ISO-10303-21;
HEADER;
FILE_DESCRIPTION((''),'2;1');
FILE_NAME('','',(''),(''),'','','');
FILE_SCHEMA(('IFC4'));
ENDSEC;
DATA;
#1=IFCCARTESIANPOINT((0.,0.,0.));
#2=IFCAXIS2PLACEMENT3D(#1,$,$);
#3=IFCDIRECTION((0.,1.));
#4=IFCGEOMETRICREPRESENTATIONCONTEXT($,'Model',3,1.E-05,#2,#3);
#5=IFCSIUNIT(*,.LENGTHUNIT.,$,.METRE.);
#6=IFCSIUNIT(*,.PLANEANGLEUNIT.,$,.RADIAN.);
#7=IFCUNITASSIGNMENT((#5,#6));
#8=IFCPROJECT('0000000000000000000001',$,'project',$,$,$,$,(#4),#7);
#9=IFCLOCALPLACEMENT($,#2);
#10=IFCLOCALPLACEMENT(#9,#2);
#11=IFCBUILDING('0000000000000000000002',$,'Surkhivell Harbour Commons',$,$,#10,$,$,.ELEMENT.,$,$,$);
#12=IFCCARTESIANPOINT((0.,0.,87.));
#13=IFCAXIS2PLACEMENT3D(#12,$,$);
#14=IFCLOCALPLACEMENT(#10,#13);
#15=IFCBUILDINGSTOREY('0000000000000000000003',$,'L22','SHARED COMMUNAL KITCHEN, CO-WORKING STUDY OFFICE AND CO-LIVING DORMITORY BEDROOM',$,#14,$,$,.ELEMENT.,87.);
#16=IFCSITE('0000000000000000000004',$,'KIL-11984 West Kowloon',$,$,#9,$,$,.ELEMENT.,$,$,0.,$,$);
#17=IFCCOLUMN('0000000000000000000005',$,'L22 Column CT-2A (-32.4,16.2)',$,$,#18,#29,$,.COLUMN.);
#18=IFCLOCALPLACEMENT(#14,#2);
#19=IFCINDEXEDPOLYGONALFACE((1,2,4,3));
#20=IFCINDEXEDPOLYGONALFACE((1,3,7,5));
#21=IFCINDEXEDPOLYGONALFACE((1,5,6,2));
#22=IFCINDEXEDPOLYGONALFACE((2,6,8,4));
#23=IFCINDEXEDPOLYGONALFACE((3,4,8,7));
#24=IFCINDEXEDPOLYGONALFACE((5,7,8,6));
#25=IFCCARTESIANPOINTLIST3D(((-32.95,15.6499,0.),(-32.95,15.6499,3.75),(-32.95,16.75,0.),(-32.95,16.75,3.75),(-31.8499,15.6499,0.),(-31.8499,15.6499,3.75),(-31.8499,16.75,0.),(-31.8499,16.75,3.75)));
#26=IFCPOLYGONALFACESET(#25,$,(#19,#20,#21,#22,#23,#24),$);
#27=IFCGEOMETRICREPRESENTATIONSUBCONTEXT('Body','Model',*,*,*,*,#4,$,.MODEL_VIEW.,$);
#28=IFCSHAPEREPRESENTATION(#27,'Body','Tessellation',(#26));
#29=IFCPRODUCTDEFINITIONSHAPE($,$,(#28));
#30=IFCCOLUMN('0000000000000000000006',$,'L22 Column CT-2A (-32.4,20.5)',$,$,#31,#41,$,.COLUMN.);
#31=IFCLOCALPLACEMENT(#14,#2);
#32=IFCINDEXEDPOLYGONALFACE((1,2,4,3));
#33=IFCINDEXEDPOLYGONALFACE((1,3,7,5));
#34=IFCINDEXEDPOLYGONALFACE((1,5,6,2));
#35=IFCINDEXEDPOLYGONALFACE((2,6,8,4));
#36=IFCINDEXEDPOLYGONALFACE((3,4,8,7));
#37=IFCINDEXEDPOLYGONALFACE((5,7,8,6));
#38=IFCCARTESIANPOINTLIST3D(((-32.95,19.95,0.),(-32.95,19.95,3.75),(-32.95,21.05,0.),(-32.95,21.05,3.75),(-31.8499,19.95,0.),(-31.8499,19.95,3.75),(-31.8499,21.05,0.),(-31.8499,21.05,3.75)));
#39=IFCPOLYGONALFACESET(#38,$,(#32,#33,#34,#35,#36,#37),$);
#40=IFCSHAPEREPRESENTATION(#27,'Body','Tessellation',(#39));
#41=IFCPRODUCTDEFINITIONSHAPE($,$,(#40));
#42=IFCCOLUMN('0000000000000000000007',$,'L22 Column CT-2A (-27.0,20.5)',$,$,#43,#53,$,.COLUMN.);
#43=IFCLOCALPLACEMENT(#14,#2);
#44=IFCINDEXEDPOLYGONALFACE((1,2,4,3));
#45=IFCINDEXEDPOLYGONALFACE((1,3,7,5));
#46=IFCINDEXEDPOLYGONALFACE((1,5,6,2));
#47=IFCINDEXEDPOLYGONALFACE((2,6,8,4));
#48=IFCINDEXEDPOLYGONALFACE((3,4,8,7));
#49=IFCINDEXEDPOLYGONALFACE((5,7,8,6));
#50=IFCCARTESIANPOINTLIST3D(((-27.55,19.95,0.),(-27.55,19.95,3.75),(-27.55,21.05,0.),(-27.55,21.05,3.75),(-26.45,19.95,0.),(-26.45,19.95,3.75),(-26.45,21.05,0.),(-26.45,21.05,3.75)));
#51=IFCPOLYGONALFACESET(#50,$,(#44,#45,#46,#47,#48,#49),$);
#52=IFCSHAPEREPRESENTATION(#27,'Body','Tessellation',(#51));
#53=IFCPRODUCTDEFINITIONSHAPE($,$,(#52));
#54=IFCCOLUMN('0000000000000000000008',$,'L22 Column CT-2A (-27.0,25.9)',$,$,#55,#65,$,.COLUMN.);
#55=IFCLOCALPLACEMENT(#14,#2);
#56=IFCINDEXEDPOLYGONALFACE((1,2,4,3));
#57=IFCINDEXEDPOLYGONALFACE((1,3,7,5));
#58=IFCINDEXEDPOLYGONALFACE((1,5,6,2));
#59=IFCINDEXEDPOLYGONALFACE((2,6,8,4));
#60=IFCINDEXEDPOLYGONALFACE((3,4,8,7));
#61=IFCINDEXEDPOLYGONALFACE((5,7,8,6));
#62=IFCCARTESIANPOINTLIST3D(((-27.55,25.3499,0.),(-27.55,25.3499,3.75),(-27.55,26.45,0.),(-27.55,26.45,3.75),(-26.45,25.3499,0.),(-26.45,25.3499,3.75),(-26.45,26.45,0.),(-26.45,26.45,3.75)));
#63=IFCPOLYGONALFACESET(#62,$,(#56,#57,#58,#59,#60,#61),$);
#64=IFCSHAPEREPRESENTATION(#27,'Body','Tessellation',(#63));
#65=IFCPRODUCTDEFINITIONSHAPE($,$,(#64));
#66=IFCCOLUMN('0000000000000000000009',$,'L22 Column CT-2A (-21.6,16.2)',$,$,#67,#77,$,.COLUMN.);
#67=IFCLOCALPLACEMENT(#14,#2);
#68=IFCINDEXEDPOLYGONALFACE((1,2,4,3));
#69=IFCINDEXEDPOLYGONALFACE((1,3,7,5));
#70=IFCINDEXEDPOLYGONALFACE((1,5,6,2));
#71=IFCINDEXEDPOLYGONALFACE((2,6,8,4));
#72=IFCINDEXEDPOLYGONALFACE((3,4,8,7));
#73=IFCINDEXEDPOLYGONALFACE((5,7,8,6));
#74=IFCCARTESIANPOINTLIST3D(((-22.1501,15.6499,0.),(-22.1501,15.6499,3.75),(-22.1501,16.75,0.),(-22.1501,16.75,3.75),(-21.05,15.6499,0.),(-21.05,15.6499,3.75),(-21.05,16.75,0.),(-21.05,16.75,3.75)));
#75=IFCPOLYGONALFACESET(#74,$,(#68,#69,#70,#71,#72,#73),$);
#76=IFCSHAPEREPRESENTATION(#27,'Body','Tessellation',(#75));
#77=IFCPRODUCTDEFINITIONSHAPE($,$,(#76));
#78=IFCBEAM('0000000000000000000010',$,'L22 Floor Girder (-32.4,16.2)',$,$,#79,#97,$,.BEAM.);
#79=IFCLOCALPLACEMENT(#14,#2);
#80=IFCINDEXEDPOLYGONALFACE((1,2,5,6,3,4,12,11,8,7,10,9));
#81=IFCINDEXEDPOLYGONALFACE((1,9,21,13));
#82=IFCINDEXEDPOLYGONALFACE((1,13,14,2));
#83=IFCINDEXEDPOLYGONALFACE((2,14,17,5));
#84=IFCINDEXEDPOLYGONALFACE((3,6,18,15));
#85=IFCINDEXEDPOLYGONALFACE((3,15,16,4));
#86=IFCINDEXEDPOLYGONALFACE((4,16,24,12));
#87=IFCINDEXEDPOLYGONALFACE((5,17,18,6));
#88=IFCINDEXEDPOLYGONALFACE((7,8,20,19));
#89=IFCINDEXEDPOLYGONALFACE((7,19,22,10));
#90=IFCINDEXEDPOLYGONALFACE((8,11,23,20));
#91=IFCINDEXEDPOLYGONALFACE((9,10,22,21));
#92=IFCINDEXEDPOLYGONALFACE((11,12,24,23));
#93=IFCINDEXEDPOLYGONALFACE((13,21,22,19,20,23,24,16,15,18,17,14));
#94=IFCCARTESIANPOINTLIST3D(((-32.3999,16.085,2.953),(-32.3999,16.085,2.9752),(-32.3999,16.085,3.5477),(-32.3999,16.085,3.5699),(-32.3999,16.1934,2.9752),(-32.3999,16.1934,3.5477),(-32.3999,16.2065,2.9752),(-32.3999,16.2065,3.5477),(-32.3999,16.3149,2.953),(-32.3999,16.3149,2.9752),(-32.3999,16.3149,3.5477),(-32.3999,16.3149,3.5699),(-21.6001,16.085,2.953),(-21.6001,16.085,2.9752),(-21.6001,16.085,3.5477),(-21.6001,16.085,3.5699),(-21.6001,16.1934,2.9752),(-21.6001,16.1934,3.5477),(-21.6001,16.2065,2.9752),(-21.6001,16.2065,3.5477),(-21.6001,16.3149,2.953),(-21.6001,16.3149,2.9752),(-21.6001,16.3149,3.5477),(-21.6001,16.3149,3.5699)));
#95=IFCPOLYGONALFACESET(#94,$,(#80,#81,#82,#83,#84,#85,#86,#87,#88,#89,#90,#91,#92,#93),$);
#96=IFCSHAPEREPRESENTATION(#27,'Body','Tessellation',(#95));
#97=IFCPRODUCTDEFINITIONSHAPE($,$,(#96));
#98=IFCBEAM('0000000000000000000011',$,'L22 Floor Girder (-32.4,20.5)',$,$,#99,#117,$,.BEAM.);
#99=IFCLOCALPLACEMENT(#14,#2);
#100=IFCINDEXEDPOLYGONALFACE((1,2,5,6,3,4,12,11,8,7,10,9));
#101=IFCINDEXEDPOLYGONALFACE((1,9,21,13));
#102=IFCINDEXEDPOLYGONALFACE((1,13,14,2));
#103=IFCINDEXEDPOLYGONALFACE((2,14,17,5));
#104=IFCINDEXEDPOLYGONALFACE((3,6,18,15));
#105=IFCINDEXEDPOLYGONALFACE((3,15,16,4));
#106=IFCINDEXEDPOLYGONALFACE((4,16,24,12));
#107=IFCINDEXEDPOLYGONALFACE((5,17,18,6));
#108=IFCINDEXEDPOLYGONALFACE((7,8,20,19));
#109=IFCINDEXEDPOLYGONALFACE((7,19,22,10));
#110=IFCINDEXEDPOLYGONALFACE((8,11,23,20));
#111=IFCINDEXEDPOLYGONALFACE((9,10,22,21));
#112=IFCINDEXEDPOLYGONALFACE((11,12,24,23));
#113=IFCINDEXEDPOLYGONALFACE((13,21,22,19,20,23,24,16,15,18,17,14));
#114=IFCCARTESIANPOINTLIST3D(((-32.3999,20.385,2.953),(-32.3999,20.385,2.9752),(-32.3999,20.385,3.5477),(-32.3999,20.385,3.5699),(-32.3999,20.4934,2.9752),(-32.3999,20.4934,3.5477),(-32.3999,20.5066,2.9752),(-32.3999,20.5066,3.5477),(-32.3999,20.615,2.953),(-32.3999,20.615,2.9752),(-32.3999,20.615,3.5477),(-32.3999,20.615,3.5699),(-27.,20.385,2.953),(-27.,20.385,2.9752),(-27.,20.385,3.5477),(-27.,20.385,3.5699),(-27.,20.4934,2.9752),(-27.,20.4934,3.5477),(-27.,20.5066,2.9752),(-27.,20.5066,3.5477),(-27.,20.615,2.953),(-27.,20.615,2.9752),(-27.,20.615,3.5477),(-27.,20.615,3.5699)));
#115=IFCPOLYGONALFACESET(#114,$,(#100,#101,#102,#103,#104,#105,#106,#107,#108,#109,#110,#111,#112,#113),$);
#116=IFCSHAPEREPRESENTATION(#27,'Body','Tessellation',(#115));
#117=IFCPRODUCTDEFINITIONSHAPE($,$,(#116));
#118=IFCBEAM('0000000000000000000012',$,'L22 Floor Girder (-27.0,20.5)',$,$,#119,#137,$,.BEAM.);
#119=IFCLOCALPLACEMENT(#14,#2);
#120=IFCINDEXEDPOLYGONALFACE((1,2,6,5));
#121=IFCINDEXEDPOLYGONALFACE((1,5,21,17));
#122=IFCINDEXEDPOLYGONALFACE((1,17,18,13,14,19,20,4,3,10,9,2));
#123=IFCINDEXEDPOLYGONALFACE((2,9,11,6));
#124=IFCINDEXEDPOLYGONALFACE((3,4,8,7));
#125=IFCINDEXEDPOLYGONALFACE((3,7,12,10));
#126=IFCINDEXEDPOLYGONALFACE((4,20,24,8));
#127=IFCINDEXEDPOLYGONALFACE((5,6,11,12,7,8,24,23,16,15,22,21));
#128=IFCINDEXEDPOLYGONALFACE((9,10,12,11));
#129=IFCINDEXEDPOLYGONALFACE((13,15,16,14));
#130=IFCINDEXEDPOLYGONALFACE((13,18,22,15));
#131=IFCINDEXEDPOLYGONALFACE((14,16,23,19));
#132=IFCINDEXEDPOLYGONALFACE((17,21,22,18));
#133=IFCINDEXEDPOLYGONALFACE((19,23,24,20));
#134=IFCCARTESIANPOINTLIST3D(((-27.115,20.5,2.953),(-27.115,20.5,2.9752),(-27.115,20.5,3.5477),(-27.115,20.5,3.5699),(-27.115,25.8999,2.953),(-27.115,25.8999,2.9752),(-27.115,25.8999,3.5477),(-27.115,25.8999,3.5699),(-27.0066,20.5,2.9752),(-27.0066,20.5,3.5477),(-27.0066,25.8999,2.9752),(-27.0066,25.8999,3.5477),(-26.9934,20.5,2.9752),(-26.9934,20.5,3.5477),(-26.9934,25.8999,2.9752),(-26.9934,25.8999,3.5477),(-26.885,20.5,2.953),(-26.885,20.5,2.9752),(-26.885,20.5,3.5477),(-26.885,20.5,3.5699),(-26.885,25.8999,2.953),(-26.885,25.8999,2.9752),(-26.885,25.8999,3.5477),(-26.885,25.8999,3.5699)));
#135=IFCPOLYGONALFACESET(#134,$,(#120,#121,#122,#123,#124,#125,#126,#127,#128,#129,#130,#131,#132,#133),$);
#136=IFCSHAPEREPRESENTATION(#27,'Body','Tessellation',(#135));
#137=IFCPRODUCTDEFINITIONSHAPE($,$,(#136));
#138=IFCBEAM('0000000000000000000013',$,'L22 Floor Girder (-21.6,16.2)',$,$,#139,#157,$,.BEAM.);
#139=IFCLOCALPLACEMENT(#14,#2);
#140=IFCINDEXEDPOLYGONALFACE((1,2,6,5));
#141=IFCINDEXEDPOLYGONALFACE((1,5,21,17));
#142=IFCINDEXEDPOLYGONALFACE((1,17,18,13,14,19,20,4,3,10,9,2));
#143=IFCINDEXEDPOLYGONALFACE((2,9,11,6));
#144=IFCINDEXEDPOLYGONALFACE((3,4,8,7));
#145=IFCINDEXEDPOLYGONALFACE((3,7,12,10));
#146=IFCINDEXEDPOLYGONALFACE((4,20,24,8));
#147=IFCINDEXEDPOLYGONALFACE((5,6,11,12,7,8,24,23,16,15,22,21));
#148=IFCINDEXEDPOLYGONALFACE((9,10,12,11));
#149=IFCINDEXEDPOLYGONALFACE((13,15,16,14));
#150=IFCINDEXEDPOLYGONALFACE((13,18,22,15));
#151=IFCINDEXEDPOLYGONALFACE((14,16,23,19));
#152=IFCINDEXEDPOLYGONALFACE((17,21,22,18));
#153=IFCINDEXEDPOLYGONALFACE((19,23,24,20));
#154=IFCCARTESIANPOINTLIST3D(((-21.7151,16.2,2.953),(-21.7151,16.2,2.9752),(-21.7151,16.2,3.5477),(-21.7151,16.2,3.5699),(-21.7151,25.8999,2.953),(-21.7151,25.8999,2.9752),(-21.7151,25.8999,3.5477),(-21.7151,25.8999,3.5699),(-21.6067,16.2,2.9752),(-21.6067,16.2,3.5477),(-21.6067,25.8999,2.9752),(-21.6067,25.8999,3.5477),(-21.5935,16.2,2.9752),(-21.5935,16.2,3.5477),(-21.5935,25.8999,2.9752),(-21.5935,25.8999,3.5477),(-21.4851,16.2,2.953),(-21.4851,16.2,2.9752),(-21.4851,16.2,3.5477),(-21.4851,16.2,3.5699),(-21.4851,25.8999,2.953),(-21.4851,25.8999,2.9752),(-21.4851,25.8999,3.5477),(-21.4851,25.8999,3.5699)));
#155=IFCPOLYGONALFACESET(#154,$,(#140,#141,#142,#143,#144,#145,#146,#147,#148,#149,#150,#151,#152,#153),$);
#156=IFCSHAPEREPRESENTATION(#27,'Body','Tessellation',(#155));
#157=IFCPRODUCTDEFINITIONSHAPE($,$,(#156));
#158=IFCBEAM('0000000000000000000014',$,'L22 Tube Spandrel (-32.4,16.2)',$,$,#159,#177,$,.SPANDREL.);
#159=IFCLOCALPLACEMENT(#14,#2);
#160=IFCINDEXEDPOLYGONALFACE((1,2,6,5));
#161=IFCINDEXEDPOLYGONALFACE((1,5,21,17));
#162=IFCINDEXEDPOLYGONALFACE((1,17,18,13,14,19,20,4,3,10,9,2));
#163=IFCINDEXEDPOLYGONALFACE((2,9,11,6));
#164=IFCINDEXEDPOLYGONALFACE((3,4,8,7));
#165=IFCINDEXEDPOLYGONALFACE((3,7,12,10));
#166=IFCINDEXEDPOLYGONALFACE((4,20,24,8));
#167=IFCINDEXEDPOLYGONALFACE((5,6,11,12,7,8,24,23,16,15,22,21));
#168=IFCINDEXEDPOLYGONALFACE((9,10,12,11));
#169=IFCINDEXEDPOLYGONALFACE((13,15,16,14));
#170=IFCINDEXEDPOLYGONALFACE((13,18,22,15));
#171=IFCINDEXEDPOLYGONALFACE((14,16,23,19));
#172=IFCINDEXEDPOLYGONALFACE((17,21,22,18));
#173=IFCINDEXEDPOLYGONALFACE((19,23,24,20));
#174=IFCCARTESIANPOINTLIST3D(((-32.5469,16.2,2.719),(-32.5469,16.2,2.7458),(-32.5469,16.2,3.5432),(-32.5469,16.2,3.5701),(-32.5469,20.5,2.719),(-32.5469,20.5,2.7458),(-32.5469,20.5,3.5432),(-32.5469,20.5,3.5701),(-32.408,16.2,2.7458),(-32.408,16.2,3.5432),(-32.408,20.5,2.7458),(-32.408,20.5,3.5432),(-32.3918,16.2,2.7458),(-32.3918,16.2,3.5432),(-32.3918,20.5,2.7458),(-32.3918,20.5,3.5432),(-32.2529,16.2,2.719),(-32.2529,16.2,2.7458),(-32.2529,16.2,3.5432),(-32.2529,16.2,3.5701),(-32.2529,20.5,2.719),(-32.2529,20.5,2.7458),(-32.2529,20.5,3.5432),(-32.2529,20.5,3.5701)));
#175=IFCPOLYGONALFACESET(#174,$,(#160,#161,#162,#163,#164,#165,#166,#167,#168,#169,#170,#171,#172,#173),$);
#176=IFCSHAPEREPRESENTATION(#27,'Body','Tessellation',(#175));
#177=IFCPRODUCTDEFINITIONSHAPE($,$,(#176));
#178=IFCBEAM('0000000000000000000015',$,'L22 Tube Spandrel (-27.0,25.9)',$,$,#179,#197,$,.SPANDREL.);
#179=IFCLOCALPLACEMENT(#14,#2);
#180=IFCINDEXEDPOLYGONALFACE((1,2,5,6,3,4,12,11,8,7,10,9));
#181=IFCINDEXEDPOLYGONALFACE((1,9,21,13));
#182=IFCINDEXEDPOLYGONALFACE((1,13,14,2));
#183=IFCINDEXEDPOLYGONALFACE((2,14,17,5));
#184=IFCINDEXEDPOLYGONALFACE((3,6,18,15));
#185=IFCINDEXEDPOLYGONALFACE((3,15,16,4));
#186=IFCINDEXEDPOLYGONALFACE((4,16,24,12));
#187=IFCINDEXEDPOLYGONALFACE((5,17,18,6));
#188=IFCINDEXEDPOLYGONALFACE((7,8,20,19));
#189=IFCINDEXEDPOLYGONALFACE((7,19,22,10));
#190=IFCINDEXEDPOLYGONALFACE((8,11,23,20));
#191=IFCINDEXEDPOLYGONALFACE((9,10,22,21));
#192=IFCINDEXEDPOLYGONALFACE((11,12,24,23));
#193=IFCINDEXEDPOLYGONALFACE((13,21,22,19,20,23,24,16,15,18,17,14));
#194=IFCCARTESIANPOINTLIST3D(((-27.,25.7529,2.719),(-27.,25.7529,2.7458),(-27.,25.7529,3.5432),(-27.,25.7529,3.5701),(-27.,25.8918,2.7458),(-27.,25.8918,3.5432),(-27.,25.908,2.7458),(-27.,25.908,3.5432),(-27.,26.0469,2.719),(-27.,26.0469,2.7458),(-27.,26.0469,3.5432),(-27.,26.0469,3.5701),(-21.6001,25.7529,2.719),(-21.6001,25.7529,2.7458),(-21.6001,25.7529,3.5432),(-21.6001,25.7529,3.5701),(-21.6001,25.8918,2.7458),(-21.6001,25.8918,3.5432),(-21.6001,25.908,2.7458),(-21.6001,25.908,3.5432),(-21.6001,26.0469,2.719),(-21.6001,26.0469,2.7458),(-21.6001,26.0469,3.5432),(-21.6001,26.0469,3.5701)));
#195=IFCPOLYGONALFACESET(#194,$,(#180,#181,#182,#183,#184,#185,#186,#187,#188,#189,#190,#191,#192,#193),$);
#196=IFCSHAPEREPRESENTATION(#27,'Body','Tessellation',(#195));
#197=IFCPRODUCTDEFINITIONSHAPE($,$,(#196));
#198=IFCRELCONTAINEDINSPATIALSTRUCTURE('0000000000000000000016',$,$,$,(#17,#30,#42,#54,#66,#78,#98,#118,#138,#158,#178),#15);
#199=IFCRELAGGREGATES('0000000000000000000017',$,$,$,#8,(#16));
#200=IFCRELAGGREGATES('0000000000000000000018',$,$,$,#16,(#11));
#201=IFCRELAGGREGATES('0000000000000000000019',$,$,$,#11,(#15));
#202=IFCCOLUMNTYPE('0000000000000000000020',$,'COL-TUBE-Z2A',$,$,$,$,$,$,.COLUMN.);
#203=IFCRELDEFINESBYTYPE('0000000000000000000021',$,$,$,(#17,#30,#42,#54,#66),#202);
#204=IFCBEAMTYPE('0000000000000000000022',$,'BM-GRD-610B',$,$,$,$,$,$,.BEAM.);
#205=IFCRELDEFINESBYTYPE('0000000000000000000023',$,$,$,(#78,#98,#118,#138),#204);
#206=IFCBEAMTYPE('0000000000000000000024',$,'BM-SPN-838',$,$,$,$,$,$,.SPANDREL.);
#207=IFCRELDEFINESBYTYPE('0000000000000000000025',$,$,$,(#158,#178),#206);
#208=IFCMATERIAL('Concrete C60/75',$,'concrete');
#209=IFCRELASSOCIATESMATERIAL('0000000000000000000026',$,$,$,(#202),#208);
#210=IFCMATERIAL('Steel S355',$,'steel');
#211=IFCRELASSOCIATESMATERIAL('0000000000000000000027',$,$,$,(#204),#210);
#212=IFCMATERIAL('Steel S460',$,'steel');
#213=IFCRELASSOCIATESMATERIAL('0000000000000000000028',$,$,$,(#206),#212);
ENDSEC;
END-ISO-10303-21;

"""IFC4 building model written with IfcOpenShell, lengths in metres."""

from ifc_helpers import new_model, si_unit, direction, frame, origin, origin_2d, place, context, subcontext, project, spatial, rectangle, i_section, extrude, material, material_profile, profile_set, type_object, element, save


model = new_model("IFC4")

# Units and contexts
model_context = context("Model", 3, precision=1e-05, world=origin(), true_north=direction((0.0, 1.0)))
body_context = subcontext(model_context, "Body", "Model", "MODEL_VIEW")
ifc_project = project(units=[si_unit("LENGTHUNIT", "METRE"), si_unit("PLANEANGLEUNIT", "RADIAN")], contexts=[model_context])

# Site, building, storey
site_placement = place(None, origin())
site = spatial("IfcSite", under=ifc_project, at=site_placement, Name="KIL-11984 West Kowloon", CompositionType="ELEMENT", RefElevation=0.0)
building_placement = place(site_placement, origin())
building = spatial("IfcBuilding", under=site, at=building_placement, Name="Surkhivell Harbour Commons", CompositionType="ELEMENT")
storey_placement = place(building_placement, frame((0.0, 0.0, 87.0)))
storey = spatial("IfcBuildingStorey", under=building, at=storey_placement, Name="L22", Description="SHARED COMMUNAL KITCHEN, CO-WORKING STUDY OFFICE AND CO-LIVING DORMITORY BEDROOM", CompositionType="ELEMENT", Elevation=87.0)

# Columns
ifc_material_1 = material(Name="Concrete C60/75", Category="concrete")
ifc_material_profile_1 = material_profile(ifc_material_1, rectangle(XDim=1.1001, YDim=1.1001, at=origin_2d()), Name="RC-COL-1100x1100")
ifc_profile_set_1 = profile_set([ifc_material_profile_1], Name="Concrete C60/75")
column_type = type_object("IfcColumnType", Name="COL-TUBE-Z2A", PredefinedType="COLUMN", material=ifc_profile_set_1)
for number, where, z_axis, x_axis, name in (
    (1, (-32.3999, 16.2, 0.0), (0.0, 0.0, 1.0), (1.0, 0.0, 0.0), "L22 Column CT-2A (-32.4,16.2)"),
    (2, (-32.3999, 20.5, 0.0), (0.0, 0.0, 1.0), (1.0, 0.0, 0.0), "L22 Column CT-2A (-32.4,20.5)"),
    (3, (-27.0, 20.5, 0.0), (0.0, 0.0, 1.0), (1.0, 0.0, 0.0), "L22 Column CT-2A (-27.0,20.5)"),
    (4, (-27.0, 25.8999, 0.0), (0.0, 0.0, 1.0), (1.0, 0.0, 0.0), "L22 Column CT-2A (-27.0,25.9)"),
    (5, (-21.6001, 16.2, 0.0), (0.0, 0.0, 1.0), (1.0, 0.0, 0.0), "L22 Column CT-2A (-21.6,16.2)"),
):
    element("IfcColumn", number, at=place(storey_placement, frame(where, z_axis=z_axis, x_axis=x_axis)), inside=storey, type_object=column_type, Name=name, PredefinedType="COLUMN", context=body_context, shape_type="SweptSolid", body=[
        extrude(rectangle(XDim=1.1001, YDim=1.1001, at=origin_2d()), origin(), (0.0, 0.0, 1.0), 3.75),
    ])

# Beams
ifc_material_2 = material(Name="Steel S355", Category="steel")
ifc_material_profile_2 = material_profile(ifc_material_2, i_section(OverallWidth=0.23, OverallDepth=0.6169, WebThickness=0.0132, FlangeThickness=0.0222, at=origin_2d()), Name="UB610x229x140")
ifc_profile_set_2 = profile_set([ifc_material_profile_2], Name="Steel S355")
beam_type_1 = type_object("IfcBeamType", Name="BM-GRD-610B", PredefinedType="BEAM", material=ifc_profile_set_2)
beam_1_placement = place(storey_placement, frame((-32.3999, 16.2, 3.2615), z_axis=(1.0, 0.0, 0.0), x_axis=(0.0, 1.0, 0.0)))
element("IfcBeam", 6, at=beam_1_placement, inside=storey, type_object=beam_type_1, Name="L22 Floor Girder (-32.4,16.2)", PredefinedType="BEAM", context=body_context, shape_type="SweptSolid", body=[
    extrude(i_section(OverallWidth=0.23, OverallDepth=0.6169, WebThickness=0.0132, FlangeThickness=0.0222, at=origin_2d()), origin(), (0.0, 0.0, 1.0), 10.7998),
])
for number, where, z_axis, x_axis, name in (
    (7, (-32.3999, 20.5, 3.2615), (1.0, 0.0, 0.0), (0.0, 1.0, 0.0), "L22 Floor Girder (-32.4,20.5)"),
    (8, (-27.0, 20.5, 3.2615), (0.0, 1.0, 0.0), (-1.0, 0.0, 0.0), "L22 Floor Girder (-27.0,20.5)"),
):
    element("IfcBeam", number, at=place(storey_placement, frame(where, z_axis=z_axis, x_axis=x_axis)), inside=storey, type_object=beam_type_1, Name=name, PredefinedType="BEAM", context=body_context, shape_type="SweptSolid", body=[
        extrude(i_section(OverallWidth=0.23, OverallDepth=0.6169, WebThickness=0.0132, FlangeThickness=0.0222, at=origin_2d()), origin(), (0.0, 0.0, 1.0), 5.3999),
    ])
beam_2_placement = place(storey_placement, frame((-21.6001, 16.2, 3.2615), z_axis=(0.0, 1.0, 0.0), x_axis=(-1.0, 0.0, 0.0)))
element("IfcBeam", 9, at=beam_2_placement, inside=storey, type_object=beam_type_1, Name="L22 Floor Girder (-21.6,16.2)", PredefinedType="BEAM", context=body_context, shape_type="SweptSolid", body=[
    extrude(i_section(OverallWidth=0.23, OverallDepth=0.6169, WebThickness=0.0132, FlangeThickness=0.0222, at=origin_2d()), origin(), (0.0, 0.0, 1.0), 9.7),
])
ifc_material_3 = material(Name="Steel S460", Category="steel")
ifc_material_profile_3 = material_profile(ifc_material_3, i_section(OverallWidth=0.2939, OverallDepth=0.8511, WebThickness=0.0161, FlangeThickness=0.0269, at=origin_2d()), Name="UB838x292x226")
ifc_profile_set_3 = profile_set([ifc_material_profile_3], Name="Steel S460")
beam_type_2 = type_object("IfcBeamType", Name="BM-SPN-838", PredefinedType="SPANDREL", material=ifc_profile_set_3)
beam_3_placement = place(storey_placement, frame((-32.3999, 16.2, 3.1445), z_axis=(0.0, 1.0, 0.0), x_axis=(-1.0, 0.0, 0.0)))
element("IfcBeam", 10, at=beam_3_placement, inside=storey, type_object=beam_type_2, Name="L22 Tube Spandrel (-32.4,16.2)", PredefinedType="SPANDREL", context=body_context, shape_type="SweptSolid", body=[
    extrude(i_section(OverallWidth=0.2939, OverallDepth=0.8511, WebThickness=0.0161, FlangeThickness=0.0269, at=origin_2d()), origin(), (0.0, 0.0, 1.0), 4.3),
])
beam_4_placement = place(storey_placement, frame((-27.0, 25.8999, 3.1445), z_axis=(1.0, 0.0, 0.0), x_axis=(0.0, 1.0, 0.0)))
element("IfcBeam", 11, at=beam_4_placement, inside=storey, type_object=beam_type_2, Name="L22 Tube Spandrel (-27.0,25.9)", PredefinedType="SPANDREL", context=body_context, shape_type="SweptSolid", body=[
    extrude(i_section(OverallWidth=0.2939, OverallDepth=0.8511, WebThickness=0.0161, FlangeThickness=0.0269, at=origin_2d()), origin(), (0.0, 0.0, 1.0), 5.3999),
])

save(model, "model.ifc")
